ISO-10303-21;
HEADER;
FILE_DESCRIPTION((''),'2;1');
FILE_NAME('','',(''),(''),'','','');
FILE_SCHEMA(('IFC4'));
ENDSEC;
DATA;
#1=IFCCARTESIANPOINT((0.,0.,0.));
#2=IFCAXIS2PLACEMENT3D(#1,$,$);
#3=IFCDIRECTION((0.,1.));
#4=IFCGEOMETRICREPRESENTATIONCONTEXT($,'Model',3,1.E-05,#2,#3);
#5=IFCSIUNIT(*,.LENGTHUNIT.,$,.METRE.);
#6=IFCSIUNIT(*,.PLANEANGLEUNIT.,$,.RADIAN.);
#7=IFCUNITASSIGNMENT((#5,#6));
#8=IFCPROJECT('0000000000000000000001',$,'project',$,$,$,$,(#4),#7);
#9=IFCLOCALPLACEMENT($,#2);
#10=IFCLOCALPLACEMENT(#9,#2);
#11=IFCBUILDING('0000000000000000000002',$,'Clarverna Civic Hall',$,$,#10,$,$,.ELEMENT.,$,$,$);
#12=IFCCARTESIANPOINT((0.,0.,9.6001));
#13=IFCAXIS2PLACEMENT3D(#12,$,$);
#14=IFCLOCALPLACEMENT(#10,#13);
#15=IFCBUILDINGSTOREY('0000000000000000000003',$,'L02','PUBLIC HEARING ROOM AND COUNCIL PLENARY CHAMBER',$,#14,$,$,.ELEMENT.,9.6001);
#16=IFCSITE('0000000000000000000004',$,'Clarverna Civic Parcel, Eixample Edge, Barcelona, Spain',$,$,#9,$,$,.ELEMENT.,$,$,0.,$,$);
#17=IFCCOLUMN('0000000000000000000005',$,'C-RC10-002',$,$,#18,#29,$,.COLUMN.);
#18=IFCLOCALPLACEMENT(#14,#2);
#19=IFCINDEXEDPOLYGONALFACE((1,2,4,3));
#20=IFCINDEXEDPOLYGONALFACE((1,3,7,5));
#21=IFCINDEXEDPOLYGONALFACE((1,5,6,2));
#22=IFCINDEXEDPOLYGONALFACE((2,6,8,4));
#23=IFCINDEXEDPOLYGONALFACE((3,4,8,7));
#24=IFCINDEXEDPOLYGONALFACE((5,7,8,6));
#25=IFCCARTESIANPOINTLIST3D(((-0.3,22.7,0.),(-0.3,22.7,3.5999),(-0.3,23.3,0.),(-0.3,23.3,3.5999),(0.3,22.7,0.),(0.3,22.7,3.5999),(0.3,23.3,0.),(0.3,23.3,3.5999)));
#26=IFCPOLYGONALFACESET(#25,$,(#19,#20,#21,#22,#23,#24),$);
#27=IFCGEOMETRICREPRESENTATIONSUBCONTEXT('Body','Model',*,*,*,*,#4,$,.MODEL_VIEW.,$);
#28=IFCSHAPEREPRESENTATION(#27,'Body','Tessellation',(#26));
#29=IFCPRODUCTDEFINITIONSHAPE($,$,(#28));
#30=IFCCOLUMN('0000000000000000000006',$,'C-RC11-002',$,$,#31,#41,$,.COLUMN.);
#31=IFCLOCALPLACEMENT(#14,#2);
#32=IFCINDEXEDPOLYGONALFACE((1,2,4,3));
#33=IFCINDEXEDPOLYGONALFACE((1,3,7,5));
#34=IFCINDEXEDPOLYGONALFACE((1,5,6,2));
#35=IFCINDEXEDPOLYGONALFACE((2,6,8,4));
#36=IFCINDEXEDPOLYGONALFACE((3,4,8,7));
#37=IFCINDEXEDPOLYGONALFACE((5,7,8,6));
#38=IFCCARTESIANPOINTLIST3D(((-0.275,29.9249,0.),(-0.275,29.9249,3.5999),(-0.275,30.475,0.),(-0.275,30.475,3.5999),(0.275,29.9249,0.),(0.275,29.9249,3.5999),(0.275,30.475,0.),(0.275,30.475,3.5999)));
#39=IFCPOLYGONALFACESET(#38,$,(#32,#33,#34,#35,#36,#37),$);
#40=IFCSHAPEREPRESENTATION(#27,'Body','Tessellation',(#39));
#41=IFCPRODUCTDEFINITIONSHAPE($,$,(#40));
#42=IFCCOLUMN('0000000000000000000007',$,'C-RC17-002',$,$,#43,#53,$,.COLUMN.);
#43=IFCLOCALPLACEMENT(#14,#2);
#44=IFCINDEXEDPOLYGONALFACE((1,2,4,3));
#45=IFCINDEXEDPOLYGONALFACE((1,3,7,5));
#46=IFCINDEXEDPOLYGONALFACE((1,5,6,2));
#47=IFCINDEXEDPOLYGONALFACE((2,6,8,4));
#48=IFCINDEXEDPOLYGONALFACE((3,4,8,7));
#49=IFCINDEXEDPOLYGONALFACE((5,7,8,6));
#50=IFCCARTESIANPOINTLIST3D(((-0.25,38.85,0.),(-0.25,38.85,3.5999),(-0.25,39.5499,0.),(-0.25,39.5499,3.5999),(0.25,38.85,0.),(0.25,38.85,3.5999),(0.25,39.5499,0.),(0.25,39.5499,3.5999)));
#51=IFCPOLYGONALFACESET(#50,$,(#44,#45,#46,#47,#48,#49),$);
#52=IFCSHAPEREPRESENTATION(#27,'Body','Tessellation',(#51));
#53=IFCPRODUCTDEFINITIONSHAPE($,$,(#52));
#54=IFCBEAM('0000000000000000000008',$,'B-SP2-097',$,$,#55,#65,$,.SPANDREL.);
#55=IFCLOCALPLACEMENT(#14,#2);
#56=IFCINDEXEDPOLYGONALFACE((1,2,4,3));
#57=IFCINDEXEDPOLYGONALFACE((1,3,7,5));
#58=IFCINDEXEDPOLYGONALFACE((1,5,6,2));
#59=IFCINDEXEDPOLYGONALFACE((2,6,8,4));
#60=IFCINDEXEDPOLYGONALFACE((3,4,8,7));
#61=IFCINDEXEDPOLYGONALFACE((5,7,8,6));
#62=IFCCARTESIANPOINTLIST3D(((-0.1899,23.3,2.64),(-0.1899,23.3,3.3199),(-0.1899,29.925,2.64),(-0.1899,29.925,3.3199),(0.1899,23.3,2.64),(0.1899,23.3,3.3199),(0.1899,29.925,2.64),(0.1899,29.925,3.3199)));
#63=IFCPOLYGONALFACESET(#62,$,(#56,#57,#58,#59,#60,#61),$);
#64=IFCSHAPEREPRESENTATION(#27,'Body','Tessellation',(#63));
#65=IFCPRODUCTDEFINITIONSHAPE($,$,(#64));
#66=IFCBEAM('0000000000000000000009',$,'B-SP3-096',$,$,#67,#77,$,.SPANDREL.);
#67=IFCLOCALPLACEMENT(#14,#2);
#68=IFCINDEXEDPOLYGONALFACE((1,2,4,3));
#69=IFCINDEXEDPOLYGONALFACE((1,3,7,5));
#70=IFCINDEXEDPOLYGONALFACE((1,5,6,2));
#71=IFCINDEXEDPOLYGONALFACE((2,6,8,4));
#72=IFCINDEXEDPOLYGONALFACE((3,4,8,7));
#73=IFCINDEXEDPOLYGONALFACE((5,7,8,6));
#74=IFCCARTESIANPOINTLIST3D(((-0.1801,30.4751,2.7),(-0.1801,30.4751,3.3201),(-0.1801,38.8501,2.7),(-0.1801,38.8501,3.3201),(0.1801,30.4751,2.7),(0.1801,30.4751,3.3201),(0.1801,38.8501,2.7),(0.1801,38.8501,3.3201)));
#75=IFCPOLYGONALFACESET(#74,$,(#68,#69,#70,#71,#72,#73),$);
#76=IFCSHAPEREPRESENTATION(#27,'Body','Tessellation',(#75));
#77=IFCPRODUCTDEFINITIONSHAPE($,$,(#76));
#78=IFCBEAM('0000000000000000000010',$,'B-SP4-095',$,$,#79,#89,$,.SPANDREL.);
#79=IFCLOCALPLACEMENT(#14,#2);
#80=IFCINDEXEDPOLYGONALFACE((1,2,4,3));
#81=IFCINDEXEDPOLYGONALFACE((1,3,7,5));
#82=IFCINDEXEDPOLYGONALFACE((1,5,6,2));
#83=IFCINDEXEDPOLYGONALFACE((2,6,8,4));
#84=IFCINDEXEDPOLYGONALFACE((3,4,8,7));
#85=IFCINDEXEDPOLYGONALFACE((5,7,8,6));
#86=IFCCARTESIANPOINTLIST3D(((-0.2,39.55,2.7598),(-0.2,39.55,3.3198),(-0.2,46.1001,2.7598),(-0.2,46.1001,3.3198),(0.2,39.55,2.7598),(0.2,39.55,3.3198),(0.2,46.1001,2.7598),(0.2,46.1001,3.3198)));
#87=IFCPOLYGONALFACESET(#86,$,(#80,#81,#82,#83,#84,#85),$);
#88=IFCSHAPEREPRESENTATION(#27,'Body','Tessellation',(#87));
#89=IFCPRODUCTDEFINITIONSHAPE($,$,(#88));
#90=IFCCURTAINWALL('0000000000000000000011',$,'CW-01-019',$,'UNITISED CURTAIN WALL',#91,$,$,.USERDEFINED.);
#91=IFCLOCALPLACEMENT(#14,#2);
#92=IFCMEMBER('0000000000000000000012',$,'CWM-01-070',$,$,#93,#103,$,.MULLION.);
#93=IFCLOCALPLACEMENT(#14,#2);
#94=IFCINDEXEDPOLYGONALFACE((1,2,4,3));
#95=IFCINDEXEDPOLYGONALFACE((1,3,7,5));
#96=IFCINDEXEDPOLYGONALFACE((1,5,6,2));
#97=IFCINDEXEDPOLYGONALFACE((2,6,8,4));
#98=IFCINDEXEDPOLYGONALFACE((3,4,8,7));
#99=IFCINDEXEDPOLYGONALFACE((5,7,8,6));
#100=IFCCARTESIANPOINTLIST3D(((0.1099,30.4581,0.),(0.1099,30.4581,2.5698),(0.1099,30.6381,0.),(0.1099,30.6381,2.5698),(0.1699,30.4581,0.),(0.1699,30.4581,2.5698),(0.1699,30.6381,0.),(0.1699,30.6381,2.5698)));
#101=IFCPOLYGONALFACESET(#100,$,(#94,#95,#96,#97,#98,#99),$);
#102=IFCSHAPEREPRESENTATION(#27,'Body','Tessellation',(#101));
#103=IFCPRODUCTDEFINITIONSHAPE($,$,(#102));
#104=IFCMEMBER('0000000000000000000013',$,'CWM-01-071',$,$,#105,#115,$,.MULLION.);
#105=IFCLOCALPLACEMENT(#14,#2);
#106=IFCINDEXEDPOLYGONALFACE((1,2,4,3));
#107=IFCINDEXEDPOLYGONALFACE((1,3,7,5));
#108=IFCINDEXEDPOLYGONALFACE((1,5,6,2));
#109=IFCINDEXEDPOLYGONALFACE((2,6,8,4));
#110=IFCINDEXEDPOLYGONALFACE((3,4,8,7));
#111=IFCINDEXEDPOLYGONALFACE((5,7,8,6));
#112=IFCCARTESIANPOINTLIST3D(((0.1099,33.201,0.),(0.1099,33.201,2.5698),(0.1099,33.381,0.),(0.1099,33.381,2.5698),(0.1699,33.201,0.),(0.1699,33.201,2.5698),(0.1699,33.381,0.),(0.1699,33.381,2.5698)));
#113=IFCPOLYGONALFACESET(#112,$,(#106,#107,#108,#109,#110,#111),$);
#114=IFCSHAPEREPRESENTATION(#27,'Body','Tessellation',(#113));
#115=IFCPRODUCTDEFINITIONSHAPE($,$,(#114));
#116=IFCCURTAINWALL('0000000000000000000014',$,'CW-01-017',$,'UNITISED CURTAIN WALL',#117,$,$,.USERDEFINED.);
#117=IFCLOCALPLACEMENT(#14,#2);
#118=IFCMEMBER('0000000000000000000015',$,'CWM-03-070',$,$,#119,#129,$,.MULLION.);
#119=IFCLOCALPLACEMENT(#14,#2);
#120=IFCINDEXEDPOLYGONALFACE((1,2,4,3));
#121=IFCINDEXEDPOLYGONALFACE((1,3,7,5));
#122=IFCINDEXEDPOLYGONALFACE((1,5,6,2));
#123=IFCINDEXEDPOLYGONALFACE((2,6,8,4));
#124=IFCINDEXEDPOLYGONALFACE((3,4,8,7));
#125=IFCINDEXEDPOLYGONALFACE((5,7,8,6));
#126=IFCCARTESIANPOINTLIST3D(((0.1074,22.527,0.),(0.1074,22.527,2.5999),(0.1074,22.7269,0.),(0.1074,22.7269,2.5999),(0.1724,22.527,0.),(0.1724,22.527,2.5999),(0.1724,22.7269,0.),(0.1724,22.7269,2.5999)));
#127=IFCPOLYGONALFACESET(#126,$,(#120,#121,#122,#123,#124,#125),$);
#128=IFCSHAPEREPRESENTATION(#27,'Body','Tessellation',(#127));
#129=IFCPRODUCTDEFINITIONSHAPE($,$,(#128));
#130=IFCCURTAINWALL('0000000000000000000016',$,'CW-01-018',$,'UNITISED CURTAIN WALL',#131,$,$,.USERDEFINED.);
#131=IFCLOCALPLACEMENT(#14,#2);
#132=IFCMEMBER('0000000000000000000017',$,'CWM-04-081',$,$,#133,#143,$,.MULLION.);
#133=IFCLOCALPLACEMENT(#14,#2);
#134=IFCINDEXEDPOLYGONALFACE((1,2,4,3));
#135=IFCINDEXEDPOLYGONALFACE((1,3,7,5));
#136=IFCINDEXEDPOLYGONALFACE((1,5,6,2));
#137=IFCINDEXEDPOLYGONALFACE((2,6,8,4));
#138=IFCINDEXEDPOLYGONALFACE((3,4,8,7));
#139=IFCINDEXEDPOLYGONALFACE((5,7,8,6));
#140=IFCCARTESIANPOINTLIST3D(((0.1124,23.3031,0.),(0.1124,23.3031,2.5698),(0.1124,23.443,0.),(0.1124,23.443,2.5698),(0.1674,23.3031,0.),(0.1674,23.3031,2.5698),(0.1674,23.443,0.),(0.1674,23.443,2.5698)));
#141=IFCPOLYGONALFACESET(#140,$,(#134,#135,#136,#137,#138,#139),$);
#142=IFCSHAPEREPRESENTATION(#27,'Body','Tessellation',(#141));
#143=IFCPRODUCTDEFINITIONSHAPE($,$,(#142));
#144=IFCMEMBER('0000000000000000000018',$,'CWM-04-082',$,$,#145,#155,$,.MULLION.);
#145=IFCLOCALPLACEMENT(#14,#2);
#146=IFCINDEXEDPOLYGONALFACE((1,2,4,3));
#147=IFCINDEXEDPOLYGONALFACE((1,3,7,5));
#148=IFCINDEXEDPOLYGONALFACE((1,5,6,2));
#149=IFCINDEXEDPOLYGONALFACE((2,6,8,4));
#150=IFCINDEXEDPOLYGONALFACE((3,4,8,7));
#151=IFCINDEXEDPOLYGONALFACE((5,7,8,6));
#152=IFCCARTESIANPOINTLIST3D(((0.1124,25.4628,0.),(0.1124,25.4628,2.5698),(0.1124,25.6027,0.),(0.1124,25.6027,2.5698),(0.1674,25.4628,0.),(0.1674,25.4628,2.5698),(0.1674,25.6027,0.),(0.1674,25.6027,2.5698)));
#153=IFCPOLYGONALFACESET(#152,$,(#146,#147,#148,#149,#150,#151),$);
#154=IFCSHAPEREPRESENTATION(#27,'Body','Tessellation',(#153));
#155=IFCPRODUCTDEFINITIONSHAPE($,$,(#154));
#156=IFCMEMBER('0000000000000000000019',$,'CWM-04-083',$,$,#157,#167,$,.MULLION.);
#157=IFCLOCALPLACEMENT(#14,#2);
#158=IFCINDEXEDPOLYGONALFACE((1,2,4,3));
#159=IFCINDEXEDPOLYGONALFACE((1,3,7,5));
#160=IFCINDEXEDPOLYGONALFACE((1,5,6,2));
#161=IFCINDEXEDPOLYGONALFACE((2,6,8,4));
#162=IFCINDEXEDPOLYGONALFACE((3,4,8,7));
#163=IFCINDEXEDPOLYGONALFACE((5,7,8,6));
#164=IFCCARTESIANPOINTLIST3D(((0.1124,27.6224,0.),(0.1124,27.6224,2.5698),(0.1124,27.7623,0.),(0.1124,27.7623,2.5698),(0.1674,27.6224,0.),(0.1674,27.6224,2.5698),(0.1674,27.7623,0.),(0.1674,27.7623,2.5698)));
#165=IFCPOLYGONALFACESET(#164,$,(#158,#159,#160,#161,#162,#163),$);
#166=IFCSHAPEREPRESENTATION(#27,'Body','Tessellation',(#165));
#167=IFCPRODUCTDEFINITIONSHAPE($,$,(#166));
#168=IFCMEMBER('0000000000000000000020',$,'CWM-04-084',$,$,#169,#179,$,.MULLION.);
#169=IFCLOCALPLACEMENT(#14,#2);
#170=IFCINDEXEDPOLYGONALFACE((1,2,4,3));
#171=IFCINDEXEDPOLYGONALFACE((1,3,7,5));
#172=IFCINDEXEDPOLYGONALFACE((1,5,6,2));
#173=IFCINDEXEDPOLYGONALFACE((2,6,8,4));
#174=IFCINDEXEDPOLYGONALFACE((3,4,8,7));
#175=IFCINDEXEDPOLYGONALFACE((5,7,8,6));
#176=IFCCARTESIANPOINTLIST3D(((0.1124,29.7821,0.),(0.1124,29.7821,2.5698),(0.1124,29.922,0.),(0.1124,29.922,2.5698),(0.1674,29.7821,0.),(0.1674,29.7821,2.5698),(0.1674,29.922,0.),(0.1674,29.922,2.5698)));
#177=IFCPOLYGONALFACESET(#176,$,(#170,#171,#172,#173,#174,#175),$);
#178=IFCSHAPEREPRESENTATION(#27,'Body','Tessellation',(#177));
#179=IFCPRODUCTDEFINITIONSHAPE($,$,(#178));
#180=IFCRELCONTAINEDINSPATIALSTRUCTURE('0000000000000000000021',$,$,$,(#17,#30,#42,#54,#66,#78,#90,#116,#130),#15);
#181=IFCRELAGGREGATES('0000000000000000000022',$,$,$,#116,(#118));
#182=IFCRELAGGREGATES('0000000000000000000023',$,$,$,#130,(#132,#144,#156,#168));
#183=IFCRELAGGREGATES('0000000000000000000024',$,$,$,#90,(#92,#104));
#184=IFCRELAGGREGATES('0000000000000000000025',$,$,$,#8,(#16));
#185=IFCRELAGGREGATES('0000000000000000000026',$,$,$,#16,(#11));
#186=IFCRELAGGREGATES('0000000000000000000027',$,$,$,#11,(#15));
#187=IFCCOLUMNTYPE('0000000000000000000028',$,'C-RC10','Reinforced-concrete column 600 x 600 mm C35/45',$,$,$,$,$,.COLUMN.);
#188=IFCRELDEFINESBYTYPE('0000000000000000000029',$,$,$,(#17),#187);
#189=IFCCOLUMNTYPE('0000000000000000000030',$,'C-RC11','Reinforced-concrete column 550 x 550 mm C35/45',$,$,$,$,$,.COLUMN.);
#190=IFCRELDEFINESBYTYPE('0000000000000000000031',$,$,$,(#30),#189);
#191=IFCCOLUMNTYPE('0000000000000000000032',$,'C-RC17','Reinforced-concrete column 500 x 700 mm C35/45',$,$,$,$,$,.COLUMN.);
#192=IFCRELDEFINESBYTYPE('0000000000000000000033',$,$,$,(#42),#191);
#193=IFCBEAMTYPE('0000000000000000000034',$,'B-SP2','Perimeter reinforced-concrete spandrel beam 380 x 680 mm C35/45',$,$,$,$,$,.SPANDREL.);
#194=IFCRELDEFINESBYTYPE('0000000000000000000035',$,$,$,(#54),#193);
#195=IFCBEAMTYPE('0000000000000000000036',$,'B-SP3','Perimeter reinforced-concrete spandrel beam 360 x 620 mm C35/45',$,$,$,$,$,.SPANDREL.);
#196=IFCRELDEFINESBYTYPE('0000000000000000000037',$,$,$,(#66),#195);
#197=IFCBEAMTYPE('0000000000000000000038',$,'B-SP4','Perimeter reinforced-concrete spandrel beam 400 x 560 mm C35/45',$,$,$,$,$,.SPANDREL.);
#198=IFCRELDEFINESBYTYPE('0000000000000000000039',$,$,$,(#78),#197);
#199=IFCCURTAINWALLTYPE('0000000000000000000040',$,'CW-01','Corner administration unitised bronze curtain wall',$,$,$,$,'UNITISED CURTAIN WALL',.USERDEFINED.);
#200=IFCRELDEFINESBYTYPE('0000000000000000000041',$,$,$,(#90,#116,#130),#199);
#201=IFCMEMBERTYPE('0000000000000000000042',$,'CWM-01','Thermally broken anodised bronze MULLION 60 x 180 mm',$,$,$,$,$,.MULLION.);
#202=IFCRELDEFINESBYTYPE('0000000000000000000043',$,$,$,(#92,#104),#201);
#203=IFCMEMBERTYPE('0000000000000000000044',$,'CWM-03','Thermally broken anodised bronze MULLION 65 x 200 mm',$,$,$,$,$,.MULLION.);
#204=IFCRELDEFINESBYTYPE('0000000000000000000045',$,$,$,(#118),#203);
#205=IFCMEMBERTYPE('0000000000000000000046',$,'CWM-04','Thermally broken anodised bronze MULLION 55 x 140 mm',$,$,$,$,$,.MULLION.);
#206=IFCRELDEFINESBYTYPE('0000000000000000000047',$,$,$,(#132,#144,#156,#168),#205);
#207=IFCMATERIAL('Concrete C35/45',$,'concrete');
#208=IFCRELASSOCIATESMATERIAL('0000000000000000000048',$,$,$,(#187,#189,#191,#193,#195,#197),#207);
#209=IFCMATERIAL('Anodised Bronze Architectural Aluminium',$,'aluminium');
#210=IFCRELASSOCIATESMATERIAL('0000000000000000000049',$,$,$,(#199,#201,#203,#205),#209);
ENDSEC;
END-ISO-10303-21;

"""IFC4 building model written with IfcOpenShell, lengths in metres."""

from ifc_helpers import new_model, si_unit, direction, frame, origin, origin_2d, place, context, subcontext, project, spatial, rectangle, extrude, material, material_profile, profile_set, type_object, element, aggregate, save


model = new_model("IFC4")

# Units and contexts
model_context = context("Model", 3, precision=1e-05, world=origin(), true_north=direction((0.0, 1.0)))
body_context = subcontext(model_context, "Body", "Model", "MODEL_VIEW")
ifc_project = project(units=[si_unit("LENGTHUNIT", "METRE"), si_unit("PLANEANGLEUNIT", "RADIAN")], contexts=[model_context])

# Site, building, storey
site_placement = place(None, origin())
site = spatial("IfcSite", under=ifc_project, at=site_placement, Name="Clarverna Civic Parcel, Eixample Edge, Barcelona, Spain", CompositionType="ELEMENT", RefElevation=0.0)
building_placement = place(site_placement, origin())
building = spatial("IfcBuilding", under=site, at=building_placement, Name="Clarverna Civic Hall", CompositionType="ELEMENT")
storey_placement = place(building_placement, frame((0.0, 0.0, 9.6001)))
storey = spatial("IfcBuildingStorey", under=building, at=storey_placement, Name="L02", Description="PUBLIC HEARING ROOM AND COUNCIL PLENARY CHAMBER", CompositionType="ELEMENT", Elevation=9.6001)

# Columns
ifc_material_1 = material(Name="Concrete C35/45", Category="concrete")
ifc_material_profile_1 = material_profile(ifc_material_1, rectangle(XDim=0.6001, YDim=0.6001, at=origin_2d()), Name="RC 600x600")
ifc_profile_set_1 = profile_set([ifc_material_profile_1], Name="Concrete C35/45")
column_type_1 = type_object("IfcColumnType", Name="C-RC10", Description="Reinforced-concrete column 600 x 600 mm C35/45", PredefinedType="COLUMN", material=ifc_profile_set_1)
column_1_placement = place(storey_placement, frame((0.0, 23.0, 0.0), z_axis=(0.0, 0.0, 1.0), x_axis=(1.0, 0.0, 0.0)))
element("IfcColumn", 1, at=column_1_placement, inside=storey, type_object=column_type_1, Name="C-RC10-002", PredefinedType="COLUMN", context=body_context, shape_type="SweptSolid", body=[
    extrude(rectangle(XDim=0.6001, YDim=0.6001, at=origin_2d()), origin(), (0.0, 0.0, 1.0), 3.5999),
])
ifc_material_profile_2 = material_profile(ifc_material_1, rectangle(XDim=0.55, YDim=0.55, at=origin_2d()), Name="RC 550x550")
ifc_profile_set_2 = profile_set([ifc_material_profile_2], Name="Concrete C35/45")
column_type_2 = type_object("IfcColumnType", Name="C-RC11", Description="Reinforced-concrete column 550 x 550 mm C35/45", PredefinedType="COLUMN", material=ifc_profile_set_2)
column_2_placement = place(storey_placement, frame((0.0, 30.2, 0.0), z_axis=(0.0, 0.0, 1.0), x_axis=(1.0, 0.0, 0.0)))
element("IfcColumn", 2, at=column_2_placement, inside=storey, type_object=column_type_2, Name="C-RC11-002", PredefinedType="COLUMN", context=body_context, shape_type="SweptSolid", body=[
    extrude(rectangle(XDim=0.55, YDim=0.55, at=origin_2d()), origin(), (0.0, 0.0, 1.0), 3.5999),
])
ifc_material_profile_3 = material_profile(ifc_material_1, rectangle(XDim=0.5, YDim=0.7, at=origin_2d()), Name="RC 500x700")
ifc_profile_set_3 = profile_set([ifc_material_profile_3], Name="Concrete C35/45")
column_type_3 = type_object("IfcColumnType", Name="C-RC17", Description="Reinforced-concrete column 500 x 700 mm C35/45", PredefinedType="COLUMN", material=ifc_profile_set_3)
column_3_placement = place(storey_placement, frame((0.0, 39.2, 0.0), z_axis=(0.0, 0.0, 1.0), x_axis=(1.0, 0.0, 0.0)))
element("IfcColumn", 3, at=column_3_placement, inside=storey, type_object=column_type_3, Name="C-RC17-002", PredefinedType="COLUMN", context=body_context, shape_type="SweptSolid", body=[
    extrude(rectangle(XDim=0.5, YDim=0.7, at=origin_2d()), origin(), (0.0, 0.0, 1.0), 3.5999),
])

# Beams
ifc_material_profile_4 = material_profile(ifc_material_1, rectangle(XDim=0.3799, YDim=0.6799, at=origin_2d()), Name="RC 380x680")
ifc_profile_set_4 = profile_set([ifc_material_profile_4], Name="Concrete C35/45")
beam_type_1 = type_object("IfcBeamType", Name="B-SP2", Description="Perimeter reinforced-concrete spandrel beam 380 x 680 mm C35/45", PredefinedType="SPANDREL", material=ifc_profile_set_4)
beam_1_placement = place(storey_placement, frame((0.0, 23.3, 2.98), z_axis=(0.0, 1.0, 0.0), x_axis=(-1.0, 0.0, 0.0)))
element("IfcBeam", 4, at=beam_1_placement, inside=storey, type_object=beam_type_1, Name="B-SP2-097", PredefinedType="SPANDREL", context=body_context, shape_type="SweptSolid", body=[
    extrude(rectangle(XDim=0.3799, YDim=0.6799, at=origin_2d()), origin(), (0.0, 0.0, 1.0), 6.625),
])
ifc_material_profile_5 = material_profile(ifc_material_1, rectangle(XDim=0.3601, YDim=0.6201, at=origin_2d()), Name="RC 360x620")
ifc_profile_set_5 = profile_set([ifc_material_profile_5], Name="Concrete C35/45")
beam_type_2 = type_object("IfcBeamType", Name="B-SP3", Description="Perimeter reinforced-concrete spandrel beam 360 x 620 mm C35/45", PredefinedType="SPANDREL", material=ifc_profile_set_5)
beam_2_placement = place(storey_placement, frame((0.0, 30.4751, 3.01), z_axis=(0.0, 1.0, 0.0), x_axis=(-1.0, 0.0, 0.0)))
element("IfcBeam", 5, at=beam_2_placement, inside=storey, type_object=beam_type_2, Name="B-SP3-096", PredefinedType="SPANDREL", context=body_context, shape_type="SweptSolid", body=[
    extrude(rectangle(XDim=0.3601, YDim=0.6201, at=origin_2d()), origin(), (0.0, 0.0, 1.0), 8.375),
])
ifc_material_profile_6 = material_profile(ifc_material_1, rectangle(XDim=0.3999, YDim=0.5601, at=origin_2d()), Name="RC 400x560")
ifc_profile_set_6 = profile_set([ifc_material_profile_6], Name="Concrete C35/45")
beam_type_3 = type_object("IfcBeamType", Name="B-SP4", Description="Perimeter reinforced-concrete spandrel beam 400 x 560 mm C35/45", PredefinedType="SPANDREL", material=ifc_profile_set_6)
beam_3_placement = place(storey_placement, frame((0.0, 39.55, 3.0398), z_axis=(0.0, 1.0, 0.0), x_axis=(-1.0, 0.0, 0.0)))
element("IfcBeam", 6, at=beam_3_placement, inside=storey, type_object=beam_type_3, Name="B-SP4-095", PredefinedType="SPANDREL", context=body_context, shape_type="SweptSolid", body=[
    extrude(rectangle(XDim=0.3999, YDim=0.5601, at=origin_2d()), origin(), (0.0, 0.0, 1.0), 6.55),
])

# Curtain wall, members
ifc_material_2 = material(Name="Anodised Bronze Architectural Aluminium", Category="aluminium")
curtain_wall_type = type_object("IfcCurtainWallType", Name="CW-01", Description="Corner administration unitised bronze curtain wall", ElementType="UNITISED CURTAIN WALL", PredefinedType="USERDEFINED", material=ifc_material_2)
curtain_wall_1_placement = place(storey_placement, origin())
curtain_wall_1 = element("IfcCurtainWall", 7, at=curtain_wall_1_placement, inside=storey, type_object=curtain_wall_type, Name="CW-01-019", ObjectType="UNITISED CURTAIN WALL", PredefinedType="USERDEFINED")
ifc_material_profile_7 = material_profile(ifc_material_2, rectangle(XDim=0.0601, YDim=0.1799, at=origin_2d()), Name="BRONZE 60x180")
ifc_profile_set_7 = profile_set([ifc_material_profile_7], Name="Anodised Bronze Architectural Aluminium")
member_type_1 = type_object("IfcMemberType", Name="CWM-01", Description="Thermally broken anodised bronze MULLION 60 x 180 mm", PredefinedType="MULLION", material=ifc_profile_set_7)
member_1_placement = place(storey_placement, frame((0.1399, 30.5481, 0.0), z_axis=(0.0, 0.0, 1.0), x_axis=(1.0, 0.0, 0.0)))
member_1 = element("IfcMember", 8, at=member_1_placement, type_object=member_type_1, Name="CWM-01-070", PredefinedType="MULLION", context=body_context, shape_type="SweptSolid", body=[
    extrude(rectangle(XDim=0.0601, YDim=0.1799, at=origin_2d()), origin(), (0.0, 0.0, 1.0), 2.5698),
])
member_2_placement = place(storey_placement, frame((0.1399, 33.291, 0.0), z_axis=(0.0, 0.0, 1.0), x_axis=(1.0, 0.0, 0.0)))
member_2 = element("IfcMember", 9, at=member_2_placement, type_object=member_type_1, Name="CWM-01-071", PredefinedType="MULLION", context=body_context, shape_type="SweptSolid", body=[
    extrude(rectangle(XDim=0.0601, YDim=0.1799, at=origin_2d()), origin(), (0.0, 0.0, 1.0), 2.5698),
])

# Curtain wall, member
curtain_wall_2_placement = place(storey_placement, origin())
curtain_wall_2 = element("IfcCurtainWall", 10, at=curtain_wall_2_placement, inside=storey, type_object=curtain_wall_type, Name="CW-01-017", ObjectType="UNITISED CURTAIN WALL", PredefinedType="USERDEFINED")
ifc_material_profile_8 = material_profile(ifc_material_2, rectangle(XDim=0.0649, YDim=0.2, at=origin_2d()), Name="BRONZE 65x200")
ifc_profile_set_8 = profile_set([ifc_material_profile_8], Name="Anodised Bronze Architectural Aluminium")
member_type_2 = type_object("IfcMemberType", Name="CWM-03", Description="Thermally broken anodised bronze MULLION 65 x 200 mm", PredefinedType="MULLION", material=ifc_profile_set_8)
member_3_placement = place(storey_placement, frame((0.1399, 22.627, 0.0), z_axis=(0.0, 0.0, 1.0), x_axis=(1.0, 0.0, 0.0)))
member_3 = element("IfcMember", 11, at=member_3_placement, type_object=member_type_2, Name="CWM-03-070", PredefinedType="MULLION", context=body_context, shape_type="SweptSolid", body=[
    extrude(rectangle(XDim=0.0649, YDim=0.2, at=origin_2d()), origin(), (0.0, 0.0, 1.0), 2.5999),
])
aggregate(curtain_wall_2, [member_3])

# Curtain wall, members
curtain_wall_3_placement = place(storey_placement, origin())
curtain_wall_3 = element("IfcCurtainWall", 12, at=curtain_wall_3_placement, inside=storey, type_object=curtain_wall_type, Name="CW-01-018", ObjectType="UNITISED CURTAIN WALL", PredefinedType="USERDEFINED")
ifc_material_profile_9 = material_profile(ifc_material_2, rectangle(XDim=0.0549, YDim=0.1399, at=origin_2d()), Name="BRONZE 55x140")
ifc_profile_set_9 = profile_set([ifc_material_profile_9], Name="Anodised Bronze Architectural Aluminium")
member_type_3 = type_object("IfcMemberType", Name="CWM-04", Description="Thermally broken anodised bronze MULLION 55 x 140 mm", PredefinedType="MULLION", material=ifc_profile_set_9)
member_4_placement = place(storey_placement, frame((0.1399, 23.373, 0.0), z_axis=(0.0, 0.0, 1.0), x_axis=(1.0, 0.0, 0.0)))
member_4 = element("IfcMember", 13, at=member_4_placement, type_object=member_type_3, Name="CWM-04-081", PredefinedType="MULLION", context=body_context, shape_type="SweptSolid", body=[
    extrude(rectangle(XDim=0.0549, YDim=0.1399, at=origin_2d()), origin(), (0.0, 0.0, 1.0), 2.5698),
])
member_5_placement = place(storey_placement, frame((0.1399, 25.5327, 0.0), z_axis=(0.0, 0.0, 1.0), x_axis=(1.0, 0.0, 0.0)))
member_5 = element("IfcMember", 14, at=member_5_placement, type_object=member_type_3, Name="CWM-04-082", PredefinedType="MULLION", context=body_context, shape_type="SweptSolid", body=[
    extrude(rectangle(XDim=0.0549, YDim=0.1399, at=origin_2d()), origin(), (0.0, 0.0, 1.0), 2.5698),
])
member_6_placement = place(storey_placement, frame((0.1399, 27.6924, 0.0), z_axis=(0.0, 0.0, 1.0), x_axis=(1.0, 0.0, 0.0)))
member_6 = element("IfcMember", 15, at=member_6_placement, type_object=member_type_3, Name="CWM-04-083", PredefinedType="MULLION", context=body_context, shape_type="SweptSolid", body=[
    extrude(rectangle(XDim=0.0549, YDim=0.1399, at=origin_2d()), origin(), (0.0, 0.0, 1.0), 2.5698),
])
member_7_placement = place(storey_placement, frame((0.1399, 29.8521, 0.0), z_axis=(0.0, 0.0, 1.0), x_axis=(1.0, 0.0, 0.0)))
member_7 = element("IfcMember", 16, at=member_7_placement, type_object=member_type_3, Name="CWM-04-084", PredefinedType="MULLION", context=body_context, shape_type="SweptSolid", body=[
    extrude(rectangle(XDim=0.0549, YDim=0.1399, at=origin_2d()), origin(), (0.0, 0.0, 1.0), 2.5698),
])

aggregate(curtain_wall_3, [member_4, member_5, member_6, member_7])
aggregate(curtain_wall_1, [member_1, member_2])

save(model, "model.ifc")
